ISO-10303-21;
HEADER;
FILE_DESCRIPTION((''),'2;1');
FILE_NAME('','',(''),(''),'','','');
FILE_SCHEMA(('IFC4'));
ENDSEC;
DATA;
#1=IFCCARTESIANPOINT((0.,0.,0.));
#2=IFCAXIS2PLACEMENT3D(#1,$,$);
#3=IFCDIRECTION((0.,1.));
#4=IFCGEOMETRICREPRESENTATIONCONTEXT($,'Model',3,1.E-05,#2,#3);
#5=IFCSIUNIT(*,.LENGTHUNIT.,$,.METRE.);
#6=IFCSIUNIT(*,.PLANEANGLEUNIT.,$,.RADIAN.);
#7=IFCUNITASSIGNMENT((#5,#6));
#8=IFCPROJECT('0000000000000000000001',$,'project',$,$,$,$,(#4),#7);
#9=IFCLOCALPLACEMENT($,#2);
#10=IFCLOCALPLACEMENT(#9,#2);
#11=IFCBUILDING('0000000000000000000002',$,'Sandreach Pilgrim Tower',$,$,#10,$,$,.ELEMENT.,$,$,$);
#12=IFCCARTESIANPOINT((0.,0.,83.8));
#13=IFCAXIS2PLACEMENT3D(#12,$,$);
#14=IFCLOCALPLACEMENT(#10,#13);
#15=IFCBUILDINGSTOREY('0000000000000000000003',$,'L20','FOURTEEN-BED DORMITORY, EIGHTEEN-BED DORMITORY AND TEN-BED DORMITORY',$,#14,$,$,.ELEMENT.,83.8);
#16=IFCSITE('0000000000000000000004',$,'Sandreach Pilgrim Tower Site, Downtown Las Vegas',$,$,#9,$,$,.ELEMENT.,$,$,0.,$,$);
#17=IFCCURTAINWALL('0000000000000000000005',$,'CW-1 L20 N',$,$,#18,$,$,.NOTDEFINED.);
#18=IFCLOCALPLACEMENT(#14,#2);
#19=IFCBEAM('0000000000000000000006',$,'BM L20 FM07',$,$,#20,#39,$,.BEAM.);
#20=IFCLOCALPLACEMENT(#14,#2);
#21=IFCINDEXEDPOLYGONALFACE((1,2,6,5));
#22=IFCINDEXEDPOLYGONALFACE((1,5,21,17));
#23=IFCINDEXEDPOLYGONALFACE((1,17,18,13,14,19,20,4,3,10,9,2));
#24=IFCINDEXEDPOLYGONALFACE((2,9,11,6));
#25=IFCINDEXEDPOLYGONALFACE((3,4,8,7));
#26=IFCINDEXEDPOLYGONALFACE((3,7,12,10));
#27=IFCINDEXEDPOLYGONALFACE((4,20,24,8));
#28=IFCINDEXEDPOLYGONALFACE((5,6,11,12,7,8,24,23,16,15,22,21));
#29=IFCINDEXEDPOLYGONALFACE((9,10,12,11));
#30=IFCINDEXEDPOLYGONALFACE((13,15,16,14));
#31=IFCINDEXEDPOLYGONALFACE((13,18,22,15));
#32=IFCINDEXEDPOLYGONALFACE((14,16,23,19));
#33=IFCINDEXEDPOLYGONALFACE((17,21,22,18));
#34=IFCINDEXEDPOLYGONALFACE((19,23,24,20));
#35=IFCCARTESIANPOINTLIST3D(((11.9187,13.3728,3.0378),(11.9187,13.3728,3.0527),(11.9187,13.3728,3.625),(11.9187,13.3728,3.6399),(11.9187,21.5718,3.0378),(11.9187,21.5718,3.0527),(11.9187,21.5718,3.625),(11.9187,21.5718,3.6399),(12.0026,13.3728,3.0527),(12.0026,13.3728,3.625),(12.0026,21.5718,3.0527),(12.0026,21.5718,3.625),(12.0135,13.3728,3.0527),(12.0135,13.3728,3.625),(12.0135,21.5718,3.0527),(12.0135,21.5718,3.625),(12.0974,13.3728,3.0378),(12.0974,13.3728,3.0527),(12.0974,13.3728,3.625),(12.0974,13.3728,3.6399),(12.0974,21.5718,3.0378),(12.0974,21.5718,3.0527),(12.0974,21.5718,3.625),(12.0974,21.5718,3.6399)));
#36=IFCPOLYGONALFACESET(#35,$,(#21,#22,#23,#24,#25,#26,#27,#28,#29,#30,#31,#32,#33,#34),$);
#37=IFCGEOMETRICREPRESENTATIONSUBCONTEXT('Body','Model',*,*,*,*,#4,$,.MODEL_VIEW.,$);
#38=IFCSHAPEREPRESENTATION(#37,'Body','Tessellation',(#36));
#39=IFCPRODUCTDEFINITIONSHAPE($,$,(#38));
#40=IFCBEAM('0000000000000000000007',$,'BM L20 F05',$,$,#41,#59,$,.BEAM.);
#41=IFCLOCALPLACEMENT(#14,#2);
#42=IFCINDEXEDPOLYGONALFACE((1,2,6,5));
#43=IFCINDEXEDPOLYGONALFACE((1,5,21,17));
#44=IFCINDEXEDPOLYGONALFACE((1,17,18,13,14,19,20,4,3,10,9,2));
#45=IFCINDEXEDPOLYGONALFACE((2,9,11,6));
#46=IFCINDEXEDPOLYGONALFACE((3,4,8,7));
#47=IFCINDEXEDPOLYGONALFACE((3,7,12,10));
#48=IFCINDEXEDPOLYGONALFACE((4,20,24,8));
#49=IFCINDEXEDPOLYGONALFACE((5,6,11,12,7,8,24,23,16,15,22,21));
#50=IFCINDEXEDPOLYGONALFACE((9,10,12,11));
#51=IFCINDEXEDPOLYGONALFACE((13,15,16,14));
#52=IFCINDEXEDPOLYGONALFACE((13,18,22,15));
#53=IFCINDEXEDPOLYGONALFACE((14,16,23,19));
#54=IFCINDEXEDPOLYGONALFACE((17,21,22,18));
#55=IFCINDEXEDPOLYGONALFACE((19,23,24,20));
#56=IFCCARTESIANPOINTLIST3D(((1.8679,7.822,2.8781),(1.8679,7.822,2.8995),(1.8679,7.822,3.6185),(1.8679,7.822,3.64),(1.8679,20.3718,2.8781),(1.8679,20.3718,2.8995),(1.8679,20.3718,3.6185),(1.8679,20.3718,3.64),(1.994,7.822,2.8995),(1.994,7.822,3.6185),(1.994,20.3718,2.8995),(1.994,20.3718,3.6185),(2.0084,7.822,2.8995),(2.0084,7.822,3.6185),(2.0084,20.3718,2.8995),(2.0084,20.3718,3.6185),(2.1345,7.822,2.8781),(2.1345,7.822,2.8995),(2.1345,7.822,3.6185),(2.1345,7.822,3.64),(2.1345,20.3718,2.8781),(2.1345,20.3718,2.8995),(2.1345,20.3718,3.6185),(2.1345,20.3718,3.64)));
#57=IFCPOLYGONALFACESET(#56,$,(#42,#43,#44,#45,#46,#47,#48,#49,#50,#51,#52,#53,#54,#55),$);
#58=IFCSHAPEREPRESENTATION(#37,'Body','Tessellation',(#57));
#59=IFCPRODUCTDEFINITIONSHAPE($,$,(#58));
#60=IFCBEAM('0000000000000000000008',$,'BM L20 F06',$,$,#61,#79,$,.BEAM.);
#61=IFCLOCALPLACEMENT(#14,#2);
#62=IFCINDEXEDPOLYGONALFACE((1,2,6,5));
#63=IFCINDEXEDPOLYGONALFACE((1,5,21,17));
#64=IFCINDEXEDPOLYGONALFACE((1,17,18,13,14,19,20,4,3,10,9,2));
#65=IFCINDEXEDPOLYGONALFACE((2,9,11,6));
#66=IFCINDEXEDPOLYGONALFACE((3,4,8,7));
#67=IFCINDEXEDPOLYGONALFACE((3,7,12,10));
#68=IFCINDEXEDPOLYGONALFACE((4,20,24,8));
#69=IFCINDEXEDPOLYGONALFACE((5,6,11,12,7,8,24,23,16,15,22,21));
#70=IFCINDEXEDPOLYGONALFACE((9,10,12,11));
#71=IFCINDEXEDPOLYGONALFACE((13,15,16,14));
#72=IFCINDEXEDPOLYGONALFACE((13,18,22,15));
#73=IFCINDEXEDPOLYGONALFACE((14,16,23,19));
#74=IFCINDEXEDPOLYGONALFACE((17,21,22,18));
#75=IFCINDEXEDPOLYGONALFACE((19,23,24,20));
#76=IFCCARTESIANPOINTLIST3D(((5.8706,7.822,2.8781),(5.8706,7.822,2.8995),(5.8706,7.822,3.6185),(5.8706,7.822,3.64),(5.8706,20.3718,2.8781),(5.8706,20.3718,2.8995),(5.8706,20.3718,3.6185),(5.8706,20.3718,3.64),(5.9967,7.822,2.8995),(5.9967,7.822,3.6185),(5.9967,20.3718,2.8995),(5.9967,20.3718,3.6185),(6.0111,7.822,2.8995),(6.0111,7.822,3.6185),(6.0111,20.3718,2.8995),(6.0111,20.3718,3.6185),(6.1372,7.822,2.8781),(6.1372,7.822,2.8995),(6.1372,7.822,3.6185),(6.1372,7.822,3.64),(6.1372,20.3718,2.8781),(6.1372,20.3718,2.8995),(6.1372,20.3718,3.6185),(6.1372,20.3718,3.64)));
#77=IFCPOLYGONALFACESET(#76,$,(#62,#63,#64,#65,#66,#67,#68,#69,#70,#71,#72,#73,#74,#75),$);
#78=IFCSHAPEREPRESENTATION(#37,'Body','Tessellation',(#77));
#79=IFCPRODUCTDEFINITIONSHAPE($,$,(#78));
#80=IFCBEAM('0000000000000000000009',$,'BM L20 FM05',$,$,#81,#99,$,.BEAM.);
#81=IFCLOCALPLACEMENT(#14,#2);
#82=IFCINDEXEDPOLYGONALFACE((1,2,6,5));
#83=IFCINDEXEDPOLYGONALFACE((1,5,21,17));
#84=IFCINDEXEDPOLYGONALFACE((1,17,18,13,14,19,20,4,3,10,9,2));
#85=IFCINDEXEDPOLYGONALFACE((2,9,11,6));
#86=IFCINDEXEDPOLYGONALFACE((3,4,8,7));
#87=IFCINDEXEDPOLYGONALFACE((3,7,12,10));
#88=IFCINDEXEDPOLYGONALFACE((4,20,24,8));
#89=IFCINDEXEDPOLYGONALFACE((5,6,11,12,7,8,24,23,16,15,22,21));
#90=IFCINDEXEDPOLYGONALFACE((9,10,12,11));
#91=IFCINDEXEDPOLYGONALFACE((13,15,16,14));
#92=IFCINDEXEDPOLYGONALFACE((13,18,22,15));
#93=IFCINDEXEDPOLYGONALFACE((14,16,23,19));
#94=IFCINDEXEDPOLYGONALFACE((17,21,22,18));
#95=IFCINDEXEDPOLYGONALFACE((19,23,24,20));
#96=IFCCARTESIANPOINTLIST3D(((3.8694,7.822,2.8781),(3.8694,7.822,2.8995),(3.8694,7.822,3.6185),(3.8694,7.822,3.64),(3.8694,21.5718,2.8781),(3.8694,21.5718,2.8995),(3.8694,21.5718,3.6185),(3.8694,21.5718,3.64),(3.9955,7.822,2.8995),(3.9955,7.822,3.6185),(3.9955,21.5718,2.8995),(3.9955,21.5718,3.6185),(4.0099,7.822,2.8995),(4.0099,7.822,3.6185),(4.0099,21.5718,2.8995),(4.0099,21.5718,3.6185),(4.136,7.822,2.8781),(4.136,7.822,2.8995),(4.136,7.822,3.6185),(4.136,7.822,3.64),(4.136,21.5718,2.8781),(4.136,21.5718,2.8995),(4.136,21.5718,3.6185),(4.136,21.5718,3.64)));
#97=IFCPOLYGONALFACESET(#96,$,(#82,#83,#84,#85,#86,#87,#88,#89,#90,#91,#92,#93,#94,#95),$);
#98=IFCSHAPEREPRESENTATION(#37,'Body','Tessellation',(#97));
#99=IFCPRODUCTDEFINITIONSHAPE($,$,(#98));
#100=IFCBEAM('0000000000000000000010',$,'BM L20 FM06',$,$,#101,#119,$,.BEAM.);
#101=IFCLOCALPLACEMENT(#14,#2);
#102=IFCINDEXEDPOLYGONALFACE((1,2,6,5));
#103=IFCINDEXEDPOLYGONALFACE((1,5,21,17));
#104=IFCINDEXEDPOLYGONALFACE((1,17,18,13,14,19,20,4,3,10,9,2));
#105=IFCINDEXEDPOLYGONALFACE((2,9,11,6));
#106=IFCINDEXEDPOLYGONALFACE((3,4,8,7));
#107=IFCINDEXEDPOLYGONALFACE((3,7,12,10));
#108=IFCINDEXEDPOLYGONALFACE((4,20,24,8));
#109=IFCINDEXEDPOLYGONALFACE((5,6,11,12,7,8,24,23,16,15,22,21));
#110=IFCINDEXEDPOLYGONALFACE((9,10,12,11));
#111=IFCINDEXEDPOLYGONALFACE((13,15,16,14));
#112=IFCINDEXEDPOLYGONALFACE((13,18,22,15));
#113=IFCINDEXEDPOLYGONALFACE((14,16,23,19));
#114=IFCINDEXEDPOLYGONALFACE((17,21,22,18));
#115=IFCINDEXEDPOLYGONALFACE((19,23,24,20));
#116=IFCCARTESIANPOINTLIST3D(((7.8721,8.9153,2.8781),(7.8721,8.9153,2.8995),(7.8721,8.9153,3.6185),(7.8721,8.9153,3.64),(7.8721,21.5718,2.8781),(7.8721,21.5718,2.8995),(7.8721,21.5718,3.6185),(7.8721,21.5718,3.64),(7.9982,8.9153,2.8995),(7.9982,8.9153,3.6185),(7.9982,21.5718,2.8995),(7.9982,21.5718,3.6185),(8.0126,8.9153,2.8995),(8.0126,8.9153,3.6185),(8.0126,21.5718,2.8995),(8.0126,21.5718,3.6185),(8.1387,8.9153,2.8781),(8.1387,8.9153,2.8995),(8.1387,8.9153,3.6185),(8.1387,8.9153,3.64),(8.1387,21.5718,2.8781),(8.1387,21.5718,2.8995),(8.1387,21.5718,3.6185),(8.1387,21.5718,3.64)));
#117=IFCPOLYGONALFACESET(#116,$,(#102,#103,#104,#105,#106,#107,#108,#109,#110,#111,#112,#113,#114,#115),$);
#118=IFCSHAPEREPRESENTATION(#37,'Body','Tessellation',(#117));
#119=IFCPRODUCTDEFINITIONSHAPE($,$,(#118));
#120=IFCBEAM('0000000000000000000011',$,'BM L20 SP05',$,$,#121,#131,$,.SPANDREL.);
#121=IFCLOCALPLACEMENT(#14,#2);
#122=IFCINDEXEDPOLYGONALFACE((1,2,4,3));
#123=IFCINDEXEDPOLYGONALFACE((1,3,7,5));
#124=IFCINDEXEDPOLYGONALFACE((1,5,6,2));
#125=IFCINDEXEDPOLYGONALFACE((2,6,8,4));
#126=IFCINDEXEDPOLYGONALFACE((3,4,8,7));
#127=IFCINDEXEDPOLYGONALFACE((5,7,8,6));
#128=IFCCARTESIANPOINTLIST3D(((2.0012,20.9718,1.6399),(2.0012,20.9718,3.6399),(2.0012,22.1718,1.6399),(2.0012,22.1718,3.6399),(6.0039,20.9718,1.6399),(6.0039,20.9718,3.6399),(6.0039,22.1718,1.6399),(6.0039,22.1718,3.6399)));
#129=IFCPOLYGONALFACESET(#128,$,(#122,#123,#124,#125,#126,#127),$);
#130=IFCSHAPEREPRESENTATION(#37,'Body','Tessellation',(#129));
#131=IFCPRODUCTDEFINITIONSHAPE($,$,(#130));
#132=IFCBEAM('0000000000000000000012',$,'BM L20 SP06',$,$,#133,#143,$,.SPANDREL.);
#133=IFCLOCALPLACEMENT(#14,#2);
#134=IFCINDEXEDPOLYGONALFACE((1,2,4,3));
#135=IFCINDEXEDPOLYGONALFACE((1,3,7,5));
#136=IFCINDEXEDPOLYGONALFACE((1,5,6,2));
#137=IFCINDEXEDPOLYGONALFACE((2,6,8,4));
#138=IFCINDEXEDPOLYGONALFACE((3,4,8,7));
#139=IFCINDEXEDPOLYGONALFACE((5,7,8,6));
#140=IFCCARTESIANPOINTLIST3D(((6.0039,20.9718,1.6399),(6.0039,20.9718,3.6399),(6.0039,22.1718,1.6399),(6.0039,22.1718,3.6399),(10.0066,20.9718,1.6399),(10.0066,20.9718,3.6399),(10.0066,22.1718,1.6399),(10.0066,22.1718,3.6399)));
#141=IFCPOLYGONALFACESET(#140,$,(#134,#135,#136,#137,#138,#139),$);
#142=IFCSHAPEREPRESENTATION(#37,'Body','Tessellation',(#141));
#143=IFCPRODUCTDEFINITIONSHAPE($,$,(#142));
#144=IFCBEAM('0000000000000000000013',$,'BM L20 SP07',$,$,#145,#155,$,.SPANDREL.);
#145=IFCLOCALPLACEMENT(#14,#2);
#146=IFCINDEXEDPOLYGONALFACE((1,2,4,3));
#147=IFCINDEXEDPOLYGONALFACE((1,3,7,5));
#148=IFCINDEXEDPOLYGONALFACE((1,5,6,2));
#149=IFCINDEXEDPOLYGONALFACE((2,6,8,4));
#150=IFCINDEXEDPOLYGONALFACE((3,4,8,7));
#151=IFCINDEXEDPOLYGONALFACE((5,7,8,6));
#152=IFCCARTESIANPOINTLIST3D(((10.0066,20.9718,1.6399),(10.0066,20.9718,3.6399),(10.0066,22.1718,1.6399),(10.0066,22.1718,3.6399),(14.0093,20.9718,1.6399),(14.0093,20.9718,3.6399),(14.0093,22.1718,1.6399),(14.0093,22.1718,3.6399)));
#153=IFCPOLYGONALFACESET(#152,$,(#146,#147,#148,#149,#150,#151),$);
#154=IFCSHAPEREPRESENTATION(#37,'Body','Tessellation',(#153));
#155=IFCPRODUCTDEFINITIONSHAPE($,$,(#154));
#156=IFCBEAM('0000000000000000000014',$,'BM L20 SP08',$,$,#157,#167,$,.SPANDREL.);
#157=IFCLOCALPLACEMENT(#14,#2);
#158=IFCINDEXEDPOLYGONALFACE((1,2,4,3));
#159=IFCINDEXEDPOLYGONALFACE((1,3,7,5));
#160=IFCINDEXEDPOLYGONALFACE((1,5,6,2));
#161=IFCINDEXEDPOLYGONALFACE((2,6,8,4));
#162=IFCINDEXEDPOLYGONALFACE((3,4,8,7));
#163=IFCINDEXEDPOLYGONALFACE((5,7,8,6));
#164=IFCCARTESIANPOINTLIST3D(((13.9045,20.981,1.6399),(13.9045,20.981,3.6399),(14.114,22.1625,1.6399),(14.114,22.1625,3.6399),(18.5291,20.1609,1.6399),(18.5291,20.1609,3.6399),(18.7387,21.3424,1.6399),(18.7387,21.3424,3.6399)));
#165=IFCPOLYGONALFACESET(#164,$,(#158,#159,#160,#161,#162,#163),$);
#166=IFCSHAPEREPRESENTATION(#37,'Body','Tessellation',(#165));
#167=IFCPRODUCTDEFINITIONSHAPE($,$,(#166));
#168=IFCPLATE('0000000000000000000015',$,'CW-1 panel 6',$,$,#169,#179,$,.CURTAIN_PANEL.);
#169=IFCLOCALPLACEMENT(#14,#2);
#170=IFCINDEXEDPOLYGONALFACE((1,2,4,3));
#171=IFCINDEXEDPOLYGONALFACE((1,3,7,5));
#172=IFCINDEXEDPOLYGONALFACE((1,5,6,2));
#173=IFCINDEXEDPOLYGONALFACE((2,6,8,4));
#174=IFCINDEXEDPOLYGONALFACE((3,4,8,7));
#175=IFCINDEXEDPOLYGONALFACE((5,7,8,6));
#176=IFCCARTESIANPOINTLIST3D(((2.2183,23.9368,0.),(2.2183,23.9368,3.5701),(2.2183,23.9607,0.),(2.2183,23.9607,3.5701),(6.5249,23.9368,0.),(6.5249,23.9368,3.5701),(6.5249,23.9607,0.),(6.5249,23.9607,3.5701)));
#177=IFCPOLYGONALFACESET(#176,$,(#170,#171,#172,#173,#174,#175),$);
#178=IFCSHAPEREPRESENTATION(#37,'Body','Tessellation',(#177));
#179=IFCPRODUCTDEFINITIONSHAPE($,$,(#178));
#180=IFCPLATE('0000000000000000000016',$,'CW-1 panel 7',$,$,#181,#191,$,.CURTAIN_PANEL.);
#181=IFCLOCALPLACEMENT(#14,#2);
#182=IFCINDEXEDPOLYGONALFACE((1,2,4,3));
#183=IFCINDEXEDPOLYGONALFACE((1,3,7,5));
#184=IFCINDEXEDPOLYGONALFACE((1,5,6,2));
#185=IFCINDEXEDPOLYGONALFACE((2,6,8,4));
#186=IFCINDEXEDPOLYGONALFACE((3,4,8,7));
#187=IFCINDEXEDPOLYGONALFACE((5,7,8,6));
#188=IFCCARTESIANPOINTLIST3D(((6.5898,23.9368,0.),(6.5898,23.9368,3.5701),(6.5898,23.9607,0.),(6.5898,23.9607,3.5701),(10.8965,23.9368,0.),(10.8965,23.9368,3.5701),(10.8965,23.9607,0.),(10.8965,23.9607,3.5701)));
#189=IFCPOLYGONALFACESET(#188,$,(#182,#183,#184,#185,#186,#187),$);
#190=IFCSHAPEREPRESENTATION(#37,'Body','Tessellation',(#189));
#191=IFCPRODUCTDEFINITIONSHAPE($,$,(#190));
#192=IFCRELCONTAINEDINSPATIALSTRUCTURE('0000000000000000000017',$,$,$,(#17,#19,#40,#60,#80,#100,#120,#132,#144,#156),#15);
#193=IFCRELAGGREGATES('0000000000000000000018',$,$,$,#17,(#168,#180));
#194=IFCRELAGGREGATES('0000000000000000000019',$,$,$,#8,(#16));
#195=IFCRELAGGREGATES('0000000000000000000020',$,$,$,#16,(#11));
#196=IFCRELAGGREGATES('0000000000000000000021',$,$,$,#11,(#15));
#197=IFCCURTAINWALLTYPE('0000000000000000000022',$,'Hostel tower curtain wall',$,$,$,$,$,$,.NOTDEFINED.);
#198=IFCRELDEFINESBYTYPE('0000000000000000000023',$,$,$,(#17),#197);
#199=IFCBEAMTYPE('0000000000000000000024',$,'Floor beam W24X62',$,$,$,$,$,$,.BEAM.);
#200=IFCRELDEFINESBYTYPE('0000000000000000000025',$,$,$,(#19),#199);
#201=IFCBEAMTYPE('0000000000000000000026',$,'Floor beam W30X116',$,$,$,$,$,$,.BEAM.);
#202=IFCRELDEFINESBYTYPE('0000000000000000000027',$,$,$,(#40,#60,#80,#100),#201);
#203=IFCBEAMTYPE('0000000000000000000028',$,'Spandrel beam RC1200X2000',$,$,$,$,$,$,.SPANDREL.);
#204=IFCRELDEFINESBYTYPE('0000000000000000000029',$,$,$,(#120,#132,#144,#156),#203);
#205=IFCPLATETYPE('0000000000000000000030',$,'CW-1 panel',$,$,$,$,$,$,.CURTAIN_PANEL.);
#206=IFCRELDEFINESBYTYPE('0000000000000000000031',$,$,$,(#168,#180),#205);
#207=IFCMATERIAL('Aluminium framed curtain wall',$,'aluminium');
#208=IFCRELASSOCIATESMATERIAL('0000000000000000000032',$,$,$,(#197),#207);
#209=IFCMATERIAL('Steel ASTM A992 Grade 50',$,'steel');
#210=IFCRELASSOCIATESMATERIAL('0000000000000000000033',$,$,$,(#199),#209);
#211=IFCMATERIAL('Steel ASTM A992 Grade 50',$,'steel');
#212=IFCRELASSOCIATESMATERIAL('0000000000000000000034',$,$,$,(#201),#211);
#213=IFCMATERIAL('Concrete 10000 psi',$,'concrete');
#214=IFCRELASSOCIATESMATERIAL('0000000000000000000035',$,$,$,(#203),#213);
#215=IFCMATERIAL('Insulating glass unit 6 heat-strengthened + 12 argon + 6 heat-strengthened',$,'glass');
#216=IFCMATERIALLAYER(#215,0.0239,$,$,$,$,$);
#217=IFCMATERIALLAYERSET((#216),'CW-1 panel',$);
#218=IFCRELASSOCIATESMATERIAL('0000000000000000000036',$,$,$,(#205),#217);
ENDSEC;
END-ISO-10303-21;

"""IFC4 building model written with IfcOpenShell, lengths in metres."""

from ifc_helpers import new_model, si_unit, direction, frame, origin, origin_2d, place, context, subcontext, project, spatial, rectangle, i_section, extrude, material, layer, layer_set, material_profile, profile_set, type_object, element, aggregate, save


model = new_model("IFC4")

# Units and contexts
model_context = context("Model", 3, precision=1e-05, world=origin(), true_north=direction((0.0, 1.0)))
body_context = subcontext(model_context, "Body", "Model", "MODEL_VIEW")
ifc_project = project(units=[si_unit("LENGTHUNIT", "METRE"), si_unit("PLANEANGLEUNIT", "RADIAN")], contexts=[model_context])

# Site, building, storey
site_placement = place(None, origin())
site = spatial("IfcSite", under=ifc_project, at=site_placement, Name="Sandreach Pilgrim Tower Site, Downtown Las Vegas", CompositionType="ELEMENT", RefElevation=0.0)
building_placement = place(site_placement, origin())
building = spatial("IfcBuilding", under=site, at=building_placement, Name="Sandreach Pilgrim Tower", CompositionType="ELEMENT")
storey_placement = place(building_placement, frame((0.0, 0.0, 83.8)))
storey = spatial("IfcBuildingStorey", under=building, at=storey_placement, Name="L20", Description="FOURTEEN-BED DORMITORY, EIGHTEEN-BED DORMITORY AND TEN-BED DORMITORY", CompositionType="ELEMENT", Elevation=83.8)

# Curtain wall
ifc_material_1 = material(Name="Aluminium framed curtain wall", Category="aluminium")
curtain_wall_type = type_object("IfcCurtainWallType", Name="Hostel tower curtain wall", PredefinedType="NOTDEFINED", material=ifc_material_1)
curtain_wall_placement = place(storey_placement, origin())
curtain_wall = element("IfcCurtainWall", 1, at=curtain_wall_placement, inside=storey, type_object=curtain_wall_type, Name="CW-1 L20 N", PredefinedType="NOTDEFINED")

# Beams
ifc_material_2 = material(Name="Steel ASTM A992 Grade 50", Category="steel")
ifc_material_profile_1 = material_profile(ifc_material_2, i_section(OverallWidth=0.1787, OverallDepth=0.6021, WebThickness=0.011, FlangeThickness=0.0149, at=origin_2d()), Name="W24X62")
ifc_profile_set_1 = profile_set([ifc_material_profile_1], Name="Steel ASTM A992 Grade 50")
beam_type_1 = type_object("IfcBeamType", Name="Floor beam W24X62", PredefinedType="BEAM", material=ifc_profile_set_1)
beam_1_placement = place(storey_placement, frame((12.0081, 21.5718, 3.3389), z_axis=(0.0, -1.0, 0.0), x_axis=(1.0, 0.0, 0.0)))
element("IfcBeam", 2, at=beam_1_placement, inside=storey, type_object=beam_type_1, Name="BM L20 FM07", PredefinedType="BEAM", context=body_context, shape_type="SweptSolid", body=[
    extrude(i_section(OverallWidth=0.1787, OverallDepth=0.6021, WebThickness=0.011, FlangeThickness=0.0149, at=origin_2d()), origin(), (0.0, 0.0, 1.0), 8.199),
])
ifc_material_3 = material(Name="Steel ASTM A992 Grade 50", Category="steel")
ifc_material_profile_2 = material_profile(ifc_material_3, i_section(OverallWidth=0.2666, OverallDepth=0.762, WebThickness=0.0144, FlangeThickness=0.0215, at=origin_2d()), Name="W30X116")
ifc_profile_set_2 = profile_set([ifc_material_profile_2], Name="Steel ASTM A992 Grade 50")
beam_type_2 = type_object("IfcBeamType", Name="Floor beam W30X116", PredefinedType="BEAM", material=ifc_profile_set_2)
for number, where, z_axis, x_axis, name in (
    (3, (2.0012, 20.3718, 3.259), (0.0, -1.0, 0.0), (1.0, 0.0, 0.0), "BM L20 F05"),
    (4, (6.0039, 20.3718, 3.259), (0.0, -1.0, 0.0), (1.0, 0.0, 0.0), "BM L20 F06"),
):
    element("IfcBeam", number, at=place(storey_placement, frame(where, z_axis=z_axis, x_axis=x_axis)), inside=storey, type_object=beam_type_2, Name=name, PredefinedType="BEAM", context=body_context, shape_type="SweptSolid", body=[
        extrude(i_section(OverallWidth=0.2666, OverallDepth=0.762, WebThickness=0.0144, FlangeThickness=0.0215, at=origin_2d()), origin(), (0.0, 0.0, 1.0), 12.5498),
    ])
beam_2_placement = place(storey_placement, frame((4.0027, 21.5718, 3.259), z_axis=(0.0, -1.0, 0.0), x_axis=(1.0, 0.0, 0.0)))
element("IfcBeam", 5, at=beam_2_placement, inside=storey, type_object=beam_type_2, Name="BM L20 FM05", PredefinedType="BEAM", context=body_context, shape_type="SweptSolid", body=[
    extrude(i_section(OverallWidth=0.2666, OverallDepth=0.762, WebThickness=0.0144, FlangeThickness=0.0215, at=origin_2d()), origin(), (0.0, 0.0, 1.0), 13.7498),
])
beam_3_placement = place(storey_placement, frame((8.0054, 21.5718, 3.259), z_axis=(0.0, -1.0, 0.0), x_axis=(1.0, 0.0, 0.0)))
element("IfcBeam", 6, at=beam_3_placement, inside=storey, type_object=beam_type_2, Name="BM L20 FM06", PredefinedType="BEAM", context=body_context, shape_type="SweptSolid", body=[
    extrude(i_section(OverallWidth=0.2666, OverallDepth=0.762, WebThickness=0.0144, FlangeThickness=0.0215, at=origin_2d()), origin(), (0.0, 0.0, 1.0), 12.6565),
])
ifc_material_4 = material(Name="Concrete 10000 psi", Category="concrete")
ifc_material_profile_3 = material_profile(ifc_material_4, rectangle(XDim=1.2, YDim=2.0, at=origin_2d()), Name="RC1200X2000")
ifc_profile_set_3 = profile_set([ifc_material_profile_3], Name="Concrete 10000 psi")
beam_type_3 = type_object("IfcBeamType", Name="Spandrel beam RC1200X2000", PredefinedType="SPANDREL", material=ifc_profile_set_3)
for number, where, z_axis, x_axis, name in (
    (7, (2.0012, 21.5718, 2.6399), (1.0, 0.0, 0.0), (0.0, 1.0, 0.0), "BM L20 SP05"),
    (8, (6.0039, 21.5718, 2.6399), (1.0, 0.0, 0.0), (0.0, 1.0, 0.0), "BM L20 SP06"),
    (9, (10.0066, 21.5718, 2.6399), (1.0, 0.0, 0.0), (0.0, 1.0, 0.0), "BM L20 SP07"),
):
    element("IfcBeam", number, at=place(storey_placement, frame(where, z_axis=z_axis, x_axis=x_axis)), inside=storey, type_object=beam_type_3, Name=name, PredefinedType="SPANDREL", context=body_context, shape_type="SweptSolid", body=[
        extrude(rectangle(XDim=1.2, YDim=2.0, at=origin_2d()), origin(), (0.0, 0.0, 1.0), 4.0027),
    ])
beam_4_placement = place(storey_placement, frame((14.0093, 21.5718, 2.6399), z_axis=(0.984638, -0.174607, 0.0), x_axis=(0.174607, 0.984638, 0.0)))
element("IfcBeam", 10, at=beam_4_placement, inside=storey, type_object=beam_type_3, Name="BM L20 SP08", PredefinedType="SPANDREL", context=body_context, shape_type="SweptSolid", body=[
    extrude(rectangle(XDim=1.2, YDim=2.0, at=origin_2d()), origin(), (0.0, 0.0, 1.0), 4.6968),
])

# Plates
ifc_material_5 = material(Name="Insulating glass unit 6 heat-strengthened + 12 argon + 6 heat-strengthened", Category="glass")
ifc_layer_1 = layer(ifc_material_5, 0.0239)
ifc_layer_set_1 = layer_set([ifc_layer_1], Name="CW-1 panel")
plate_type = type_object("IfcPlateType", Name="CW-1 panel", PredefinedType="CURTAIN_PANEL", material=ifc_layer_set_1)
plate_1_placement = place(storey_placement, frame((4.3716, 23.9487, 0.0), z_axis=(0.0, 0.0, 1.0), x_axis=(1.0, 0.0, 0.0)))
plate_1 = element("IfcPlate", 11, at=plate_1_placement, type_object=plate_type, Name="CW-1 panel 6", PredefinedType="CURTAIN_PANEL", context=body_context, shape_type="SweptSolid", body=[
    extrude(rectangle(XDim=4.3066, YDim=0.0239, at=origin_2d()), origin(), (0.0, 0.0, 1.0), 3.5701),
])
plate_2_placement = place(storey_placement, frame((8.7432, 23.9487, 0.0), z_axis=(0.0, 0.0, 1.0), x_axis=(1.0, 0.0, 0.0)))
plate_2 = element("IfcPlate", 12, at=plate_2_placement, type_object=plate_type, Name="CW-1 panel 7", PredefinedType="CURTAIN_PANEL", context=body_context, shape_type="SweptSolid", body=[
    extrude(rectangle(XDim=4.3066, YDim=0.0239, at=origin_2d()), origin(), (0.0, 0.0, 1.0), 3.5701),
])
aggregate(curtain_wall, [plate_1, plate_2])

save(model, "model.ifc")
